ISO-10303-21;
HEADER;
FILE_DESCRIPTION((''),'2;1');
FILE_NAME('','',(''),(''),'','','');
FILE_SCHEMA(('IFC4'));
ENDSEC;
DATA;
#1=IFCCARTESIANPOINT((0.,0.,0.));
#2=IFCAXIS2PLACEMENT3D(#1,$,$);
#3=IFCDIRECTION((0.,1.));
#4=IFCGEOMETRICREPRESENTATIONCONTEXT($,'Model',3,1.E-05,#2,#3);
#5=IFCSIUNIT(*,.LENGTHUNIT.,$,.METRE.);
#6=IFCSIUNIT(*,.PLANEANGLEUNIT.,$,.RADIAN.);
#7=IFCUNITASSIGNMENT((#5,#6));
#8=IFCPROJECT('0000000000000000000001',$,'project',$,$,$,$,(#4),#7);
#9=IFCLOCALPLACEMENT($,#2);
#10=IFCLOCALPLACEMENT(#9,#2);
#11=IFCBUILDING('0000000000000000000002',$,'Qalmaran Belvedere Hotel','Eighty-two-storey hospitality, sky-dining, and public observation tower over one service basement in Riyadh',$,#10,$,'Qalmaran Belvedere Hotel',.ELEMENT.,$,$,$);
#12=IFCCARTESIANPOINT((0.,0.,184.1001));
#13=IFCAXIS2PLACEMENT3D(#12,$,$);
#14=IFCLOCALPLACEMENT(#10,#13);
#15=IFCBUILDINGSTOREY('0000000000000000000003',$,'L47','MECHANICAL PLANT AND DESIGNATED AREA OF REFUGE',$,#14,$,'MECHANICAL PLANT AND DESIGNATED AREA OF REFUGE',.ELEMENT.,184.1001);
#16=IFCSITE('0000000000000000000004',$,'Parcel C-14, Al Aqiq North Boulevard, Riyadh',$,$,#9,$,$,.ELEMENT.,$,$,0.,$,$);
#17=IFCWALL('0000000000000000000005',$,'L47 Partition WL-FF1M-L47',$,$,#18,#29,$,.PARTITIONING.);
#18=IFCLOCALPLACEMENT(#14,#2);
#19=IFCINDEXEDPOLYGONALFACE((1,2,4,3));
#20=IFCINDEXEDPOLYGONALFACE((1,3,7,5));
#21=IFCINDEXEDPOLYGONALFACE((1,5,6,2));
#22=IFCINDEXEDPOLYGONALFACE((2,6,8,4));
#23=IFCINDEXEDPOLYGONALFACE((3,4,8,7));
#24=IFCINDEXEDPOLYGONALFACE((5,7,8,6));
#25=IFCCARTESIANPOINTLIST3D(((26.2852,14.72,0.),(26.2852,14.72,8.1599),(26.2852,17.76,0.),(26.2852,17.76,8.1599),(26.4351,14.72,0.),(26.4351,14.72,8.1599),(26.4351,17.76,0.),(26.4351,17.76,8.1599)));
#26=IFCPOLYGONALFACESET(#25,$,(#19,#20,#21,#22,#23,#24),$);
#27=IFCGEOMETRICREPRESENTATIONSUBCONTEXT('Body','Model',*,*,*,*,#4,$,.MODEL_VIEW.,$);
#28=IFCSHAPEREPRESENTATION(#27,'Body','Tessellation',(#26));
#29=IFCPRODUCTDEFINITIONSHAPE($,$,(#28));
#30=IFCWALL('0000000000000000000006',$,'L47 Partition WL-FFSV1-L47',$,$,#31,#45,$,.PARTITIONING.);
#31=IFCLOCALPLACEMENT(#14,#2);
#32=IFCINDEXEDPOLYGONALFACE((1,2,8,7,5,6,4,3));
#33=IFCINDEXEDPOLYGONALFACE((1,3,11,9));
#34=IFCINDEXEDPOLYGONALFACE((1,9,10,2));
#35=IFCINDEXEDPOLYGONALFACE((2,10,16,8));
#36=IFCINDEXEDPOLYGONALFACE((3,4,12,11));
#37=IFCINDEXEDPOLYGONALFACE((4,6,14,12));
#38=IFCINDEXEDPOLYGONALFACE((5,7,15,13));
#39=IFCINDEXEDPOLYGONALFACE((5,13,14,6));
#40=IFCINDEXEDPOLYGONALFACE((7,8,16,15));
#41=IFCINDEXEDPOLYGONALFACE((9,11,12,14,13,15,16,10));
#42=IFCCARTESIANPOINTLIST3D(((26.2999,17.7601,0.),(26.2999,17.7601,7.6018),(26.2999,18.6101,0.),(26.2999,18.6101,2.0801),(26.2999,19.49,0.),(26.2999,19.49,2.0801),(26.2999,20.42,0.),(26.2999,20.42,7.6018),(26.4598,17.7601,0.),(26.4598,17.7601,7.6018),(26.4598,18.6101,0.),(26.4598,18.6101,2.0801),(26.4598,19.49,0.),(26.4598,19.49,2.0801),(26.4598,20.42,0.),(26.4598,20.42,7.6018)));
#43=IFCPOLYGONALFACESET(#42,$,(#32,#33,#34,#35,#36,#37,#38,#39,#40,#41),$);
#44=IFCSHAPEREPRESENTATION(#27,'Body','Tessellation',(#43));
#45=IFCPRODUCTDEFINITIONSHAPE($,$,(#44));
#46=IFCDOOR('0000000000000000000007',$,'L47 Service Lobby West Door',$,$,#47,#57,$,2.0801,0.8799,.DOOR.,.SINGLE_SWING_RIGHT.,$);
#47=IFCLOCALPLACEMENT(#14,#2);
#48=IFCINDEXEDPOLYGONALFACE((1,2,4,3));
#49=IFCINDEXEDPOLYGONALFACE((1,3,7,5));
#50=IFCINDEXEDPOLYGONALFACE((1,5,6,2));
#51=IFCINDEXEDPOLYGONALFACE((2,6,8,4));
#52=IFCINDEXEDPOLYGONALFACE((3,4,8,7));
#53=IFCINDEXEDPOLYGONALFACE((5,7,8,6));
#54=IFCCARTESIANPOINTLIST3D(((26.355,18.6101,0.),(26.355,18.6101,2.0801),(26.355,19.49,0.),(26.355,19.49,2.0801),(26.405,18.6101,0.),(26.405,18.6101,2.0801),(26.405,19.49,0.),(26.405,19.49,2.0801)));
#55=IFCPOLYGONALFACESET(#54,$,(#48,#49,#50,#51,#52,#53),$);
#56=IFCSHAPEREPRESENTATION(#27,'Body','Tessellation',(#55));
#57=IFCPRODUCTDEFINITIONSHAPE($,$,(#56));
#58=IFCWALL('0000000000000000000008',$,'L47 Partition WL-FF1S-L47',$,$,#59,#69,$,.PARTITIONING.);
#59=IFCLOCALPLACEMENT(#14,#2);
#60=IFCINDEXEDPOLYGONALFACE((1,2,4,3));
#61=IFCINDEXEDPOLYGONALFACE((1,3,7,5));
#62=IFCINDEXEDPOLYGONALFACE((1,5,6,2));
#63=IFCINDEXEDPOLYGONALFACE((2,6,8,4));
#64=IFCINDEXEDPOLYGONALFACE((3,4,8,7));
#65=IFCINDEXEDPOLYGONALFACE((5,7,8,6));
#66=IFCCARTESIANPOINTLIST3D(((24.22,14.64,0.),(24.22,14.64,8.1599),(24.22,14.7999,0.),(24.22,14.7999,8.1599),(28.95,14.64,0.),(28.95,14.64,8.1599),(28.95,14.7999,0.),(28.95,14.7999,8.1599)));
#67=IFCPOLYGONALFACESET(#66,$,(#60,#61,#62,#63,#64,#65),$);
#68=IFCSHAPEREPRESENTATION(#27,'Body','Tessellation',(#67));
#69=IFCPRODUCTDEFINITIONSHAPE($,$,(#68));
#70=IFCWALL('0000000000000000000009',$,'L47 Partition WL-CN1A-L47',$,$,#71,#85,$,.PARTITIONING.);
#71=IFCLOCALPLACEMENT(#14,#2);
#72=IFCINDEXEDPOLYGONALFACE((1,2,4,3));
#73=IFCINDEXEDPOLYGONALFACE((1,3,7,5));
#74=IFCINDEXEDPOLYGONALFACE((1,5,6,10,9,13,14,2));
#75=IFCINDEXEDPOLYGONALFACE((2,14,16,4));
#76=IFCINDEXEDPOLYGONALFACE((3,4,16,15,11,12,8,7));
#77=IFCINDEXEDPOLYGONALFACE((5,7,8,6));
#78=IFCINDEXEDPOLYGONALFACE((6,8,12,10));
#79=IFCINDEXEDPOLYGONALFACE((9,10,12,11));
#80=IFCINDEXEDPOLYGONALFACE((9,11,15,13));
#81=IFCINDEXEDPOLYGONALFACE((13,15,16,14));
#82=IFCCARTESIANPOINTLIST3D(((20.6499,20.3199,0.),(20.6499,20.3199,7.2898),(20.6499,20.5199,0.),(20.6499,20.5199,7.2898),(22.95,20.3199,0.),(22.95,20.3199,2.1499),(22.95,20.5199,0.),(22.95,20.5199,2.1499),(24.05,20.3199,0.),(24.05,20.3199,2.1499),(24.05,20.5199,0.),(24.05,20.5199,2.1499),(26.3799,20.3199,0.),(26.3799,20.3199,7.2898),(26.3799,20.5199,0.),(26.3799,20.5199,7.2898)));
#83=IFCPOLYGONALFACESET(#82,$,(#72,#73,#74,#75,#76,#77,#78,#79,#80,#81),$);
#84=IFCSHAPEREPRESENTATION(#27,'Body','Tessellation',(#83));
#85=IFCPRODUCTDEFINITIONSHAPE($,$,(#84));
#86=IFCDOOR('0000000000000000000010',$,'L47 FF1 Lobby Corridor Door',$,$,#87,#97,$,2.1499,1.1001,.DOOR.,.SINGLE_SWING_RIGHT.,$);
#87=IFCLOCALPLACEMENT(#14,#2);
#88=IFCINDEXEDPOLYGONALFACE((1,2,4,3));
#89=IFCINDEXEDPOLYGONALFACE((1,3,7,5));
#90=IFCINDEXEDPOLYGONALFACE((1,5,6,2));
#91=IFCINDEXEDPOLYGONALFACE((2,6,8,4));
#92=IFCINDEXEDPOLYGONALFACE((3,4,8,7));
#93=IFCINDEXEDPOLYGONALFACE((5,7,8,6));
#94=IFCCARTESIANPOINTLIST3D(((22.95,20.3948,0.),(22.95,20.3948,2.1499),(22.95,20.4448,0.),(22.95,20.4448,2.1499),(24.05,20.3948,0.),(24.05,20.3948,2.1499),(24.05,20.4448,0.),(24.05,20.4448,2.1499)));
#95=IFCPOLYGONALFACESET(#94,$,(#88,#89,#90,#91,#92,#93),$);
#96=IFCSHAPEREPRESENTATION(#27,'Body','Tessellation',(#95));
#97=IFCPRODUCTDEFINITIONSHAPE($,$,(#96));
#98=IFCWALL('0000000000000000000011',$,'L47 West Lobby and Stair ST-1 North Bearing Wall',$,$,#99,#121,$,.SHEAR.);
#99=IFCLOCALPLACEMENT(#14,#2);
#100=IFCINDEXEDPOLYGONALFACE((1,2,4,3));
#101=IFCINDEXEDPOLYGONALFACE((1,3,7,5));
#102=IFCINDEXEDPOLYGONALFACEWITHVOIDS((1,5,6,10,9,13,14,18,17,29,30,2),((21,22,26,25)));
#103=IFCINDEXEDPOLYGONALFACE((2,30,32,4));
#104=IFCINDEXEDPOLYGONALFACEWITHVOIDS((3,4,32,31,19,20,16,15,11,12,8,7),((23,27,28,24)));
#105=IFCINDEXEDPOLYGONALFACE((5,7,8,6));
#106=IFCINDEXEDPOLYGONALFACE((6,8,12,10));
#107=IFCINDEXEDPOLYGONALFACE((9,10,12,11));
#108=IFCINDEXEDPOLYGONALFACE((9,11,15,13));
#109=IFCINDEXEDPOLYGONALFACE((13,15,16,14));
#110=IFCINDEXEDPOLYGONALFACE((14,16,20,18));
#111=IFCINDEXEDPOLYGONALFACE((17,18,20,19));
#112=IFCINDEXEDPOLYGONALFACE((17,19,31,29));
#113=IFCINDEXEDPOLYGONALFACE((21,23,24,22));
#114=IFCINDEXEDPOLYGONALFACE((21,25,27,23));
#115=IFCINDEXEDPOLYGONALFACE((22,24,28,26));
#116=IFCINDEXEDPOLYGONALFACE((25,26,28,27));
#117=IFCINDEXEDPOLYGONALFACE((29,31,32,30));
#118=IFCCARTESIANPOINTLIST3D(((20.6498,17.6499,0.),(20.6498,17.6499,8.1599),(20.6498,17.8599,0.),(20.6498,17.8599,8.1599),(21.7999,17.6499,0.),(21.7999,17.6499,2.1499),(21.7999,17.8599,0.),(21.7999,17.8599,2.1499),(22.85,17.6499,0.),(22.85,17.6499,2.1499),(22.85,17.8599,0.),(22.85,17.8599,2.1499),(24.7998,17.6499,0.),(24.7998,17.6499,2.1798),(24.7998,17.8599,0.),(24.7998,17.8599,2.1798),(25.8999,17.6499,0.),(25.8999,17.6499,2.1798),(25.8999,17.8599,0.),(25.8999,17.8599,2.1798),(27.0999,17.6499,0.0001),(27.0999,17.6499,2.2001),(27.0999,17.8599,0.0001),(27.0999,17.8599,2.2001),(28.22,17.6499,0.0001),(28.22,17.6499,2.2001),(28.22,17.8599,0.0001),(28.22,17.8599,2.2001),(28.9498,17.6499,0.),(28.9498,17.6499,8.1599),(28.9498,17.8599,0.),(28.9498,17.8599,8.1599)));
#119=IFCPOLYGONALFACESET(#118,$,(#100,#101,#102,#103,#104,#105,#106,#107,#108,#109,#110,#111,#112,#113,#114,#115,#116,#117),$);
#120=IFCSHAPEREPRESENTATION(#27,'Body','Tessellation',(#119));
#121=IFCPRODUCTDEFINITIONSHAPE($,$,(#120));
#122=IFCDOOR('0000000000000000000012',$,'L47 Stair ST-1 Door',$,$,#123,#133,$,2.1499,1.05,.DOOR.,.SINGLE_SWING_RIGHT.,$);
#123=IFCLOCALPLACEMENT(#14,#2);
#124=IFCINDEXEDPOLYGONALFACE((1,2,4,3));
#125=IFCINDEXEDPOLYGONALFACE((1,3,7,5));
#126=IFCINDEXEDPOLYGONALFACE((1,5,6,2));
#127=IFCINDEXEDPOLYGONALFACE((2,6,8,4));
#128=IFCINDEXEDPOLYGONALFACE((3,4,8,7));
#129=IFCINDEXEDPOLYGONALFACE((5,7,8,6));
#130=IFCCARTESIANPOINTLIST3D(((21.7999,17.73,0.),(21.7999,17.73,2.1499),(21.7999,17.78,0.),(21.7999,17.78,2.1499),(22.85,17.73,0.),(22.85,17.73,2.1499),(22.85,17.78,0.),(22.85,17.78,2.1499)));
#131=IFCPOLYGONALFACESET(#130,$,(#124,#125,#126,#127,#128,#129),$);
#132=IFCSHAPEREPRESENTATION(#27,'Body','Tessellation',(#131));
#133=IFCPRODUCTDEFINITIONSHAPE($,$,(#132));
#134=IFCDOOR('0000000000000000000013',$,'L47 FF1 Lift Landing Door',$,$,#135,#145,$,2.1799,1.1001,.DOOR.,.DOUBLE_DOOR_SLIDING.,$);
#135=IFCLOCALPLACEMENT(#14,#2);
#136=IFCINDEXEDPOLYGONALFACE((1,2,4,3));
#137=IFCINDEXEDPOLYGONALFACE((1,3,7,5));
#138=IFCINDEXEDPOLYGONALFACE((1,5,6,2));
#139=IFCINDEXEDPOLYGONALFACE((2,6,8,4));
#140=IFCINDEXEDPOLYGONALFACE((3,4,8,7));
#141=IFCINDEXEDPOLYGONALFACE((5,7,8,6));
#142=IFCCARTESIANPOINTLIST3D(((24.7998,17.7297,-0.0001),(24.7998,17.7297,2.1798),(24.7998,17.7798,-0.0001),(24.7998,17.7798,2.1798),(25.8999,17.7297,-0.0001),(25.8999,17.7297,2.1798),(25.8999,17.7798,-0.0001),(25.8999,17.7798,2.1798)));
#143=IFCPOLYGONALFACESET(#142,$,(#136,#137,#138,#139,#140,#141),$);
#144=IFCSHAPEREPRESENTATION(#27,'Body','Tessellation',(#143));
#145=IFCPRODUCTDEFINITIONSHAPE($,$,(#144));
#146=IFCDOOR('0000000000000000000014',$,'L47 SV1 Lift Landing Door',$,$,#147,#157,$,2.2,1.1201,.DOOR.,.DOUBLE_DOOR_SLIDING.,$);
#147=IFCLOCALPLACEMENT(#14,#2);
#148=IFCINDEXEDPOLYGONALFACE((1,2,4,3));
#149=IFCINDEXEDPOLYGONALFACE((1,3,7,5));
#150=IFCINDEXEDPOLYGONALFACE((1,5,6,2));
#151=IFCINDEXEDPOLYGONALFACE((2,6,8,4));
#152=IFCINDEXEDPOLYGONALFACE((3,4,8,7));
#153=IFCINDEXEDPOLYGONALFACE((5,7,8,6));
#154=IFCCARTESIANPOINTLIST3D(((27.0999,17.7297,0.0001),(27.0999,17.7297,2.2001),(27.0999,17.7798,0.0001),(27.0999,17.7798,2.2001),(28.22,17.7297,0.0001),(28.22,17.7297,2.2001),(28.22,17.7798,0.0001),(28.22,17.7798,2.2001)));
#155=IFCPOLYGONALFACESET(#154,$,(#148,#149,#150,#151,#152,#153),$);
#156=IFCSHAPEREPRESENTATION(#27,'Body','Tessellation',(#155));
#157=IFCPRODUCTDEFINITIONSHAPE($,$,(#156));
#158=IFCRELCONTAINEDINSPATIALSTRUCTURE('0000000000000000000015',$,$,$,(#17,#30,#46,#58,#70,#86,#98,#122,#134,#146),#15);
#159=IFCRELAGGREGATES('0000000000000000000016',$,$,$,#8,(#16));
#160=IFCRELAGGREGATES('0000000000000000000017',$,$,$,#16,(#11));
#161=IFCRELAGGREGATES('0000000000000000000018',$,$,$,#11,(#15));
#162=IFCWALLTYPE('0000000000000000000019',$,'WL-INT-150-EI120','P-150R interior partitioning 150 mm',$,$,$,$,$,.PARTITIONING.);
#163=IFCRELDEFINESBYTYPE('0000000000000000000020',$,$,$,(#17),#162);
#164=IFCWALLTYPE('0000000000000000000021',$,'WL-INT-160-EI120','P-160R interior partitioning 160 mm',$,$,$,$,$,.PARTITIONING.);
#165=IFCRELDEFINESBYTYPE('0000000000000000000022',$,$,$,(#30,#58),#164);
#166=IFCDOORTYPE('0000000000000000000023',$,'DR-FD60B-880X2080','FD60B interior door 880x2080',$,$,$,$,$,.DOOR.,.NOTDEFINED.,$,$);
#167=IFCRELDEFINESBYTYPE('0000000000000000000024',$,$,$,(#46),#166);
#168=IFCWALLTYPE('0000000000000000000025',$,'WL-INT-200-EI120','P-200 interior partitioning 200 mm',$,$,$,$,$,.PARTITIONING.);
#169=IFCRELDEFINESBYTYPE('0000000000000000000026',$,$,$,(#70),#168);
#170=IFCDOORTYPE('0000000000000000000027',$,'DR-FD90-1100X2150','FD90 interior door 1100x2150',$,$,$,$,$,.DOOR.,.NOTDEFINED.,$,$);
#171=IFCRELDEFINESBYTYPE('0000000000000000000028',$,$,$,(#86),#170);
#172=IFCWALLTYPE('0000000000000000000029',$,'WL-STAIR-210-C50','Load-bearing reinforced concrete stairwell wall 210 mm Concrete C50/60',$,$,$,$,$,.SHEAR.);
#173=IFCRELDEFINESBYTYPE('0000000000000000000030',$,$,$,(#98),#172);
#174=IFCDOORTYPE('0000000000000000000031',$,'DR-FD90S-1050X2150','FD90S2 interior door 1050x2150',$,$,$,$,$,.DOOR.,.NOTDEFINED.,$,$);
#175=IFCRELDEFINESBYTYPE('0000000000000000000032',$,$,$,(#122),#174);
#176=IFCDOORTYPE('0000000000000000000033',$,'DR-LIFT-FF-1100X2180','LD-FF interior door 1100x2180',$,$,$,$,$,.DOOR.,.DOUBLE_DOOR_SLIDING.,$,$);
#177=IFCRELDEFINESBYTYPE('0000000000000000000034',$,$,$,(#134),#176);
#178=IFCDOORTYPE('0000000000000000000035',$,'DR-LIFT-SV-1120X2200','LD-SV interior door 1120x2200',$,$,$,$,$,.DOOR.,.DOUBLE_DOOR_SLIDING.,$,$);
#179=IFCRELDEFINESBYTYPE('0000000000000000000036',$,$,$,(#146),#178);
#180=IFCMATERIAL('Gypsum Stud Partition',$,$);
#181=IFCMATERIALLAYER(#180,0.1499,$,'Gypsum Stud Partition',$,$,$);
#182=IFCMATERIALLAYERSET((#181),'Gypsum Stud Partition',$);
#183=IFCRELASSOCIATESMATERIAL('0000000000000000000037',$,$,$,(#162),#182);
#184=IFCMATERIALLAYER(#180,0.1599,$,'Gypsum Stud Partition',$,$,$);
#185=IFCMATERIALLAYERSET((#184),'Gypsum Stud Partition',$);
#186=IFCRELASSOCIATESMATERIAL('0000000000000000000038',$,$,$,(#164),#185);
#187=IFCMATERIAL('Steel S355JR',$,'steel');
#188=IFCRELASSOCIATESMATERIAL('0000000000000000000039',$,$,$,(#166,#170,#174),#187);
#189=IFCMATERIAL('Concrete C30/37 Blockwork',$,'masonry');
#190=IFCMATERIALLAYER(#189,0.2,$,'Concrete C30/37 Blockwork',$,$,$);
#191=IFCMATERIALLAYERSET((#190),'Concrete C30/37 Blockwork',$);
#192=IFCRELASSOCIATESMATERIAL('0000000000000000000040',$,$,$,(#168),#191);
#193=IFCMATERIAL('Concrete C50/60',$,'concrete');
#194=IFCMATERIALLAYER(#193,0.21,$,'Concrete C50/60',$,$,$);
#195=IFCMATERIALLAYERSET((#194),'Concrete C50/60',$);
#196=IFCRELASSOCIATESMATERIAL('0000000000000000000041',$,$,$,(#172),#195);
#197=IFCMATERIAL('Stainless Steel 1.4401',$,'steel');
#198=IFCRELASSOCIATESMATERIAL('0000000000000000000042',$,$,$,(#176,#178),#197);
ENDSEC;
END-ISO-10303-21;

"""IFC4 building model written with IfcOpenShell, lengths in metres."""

from ifc_helpers import new_model, si_unit, direction, frame, frame_2d, origin, place, context, subcontext, project, spatial, rectangle, extrude, material, layer, layer_set, type_object, element, fill, save


model = new_model("IFC4")

# Units and contexts
model_context = context("Model", 3, precision=1e-05, world=origin(), true_north=direction((0.0, 1.0)))
body_context = subcontext(model_context, "Body", "Model", "MODEL_VIEW")
ifc_project = project(units=[si_unit("LENGTHUNIT", "METRE"), si_unit("PLANEANGLEUNIT", "RADIAN")], contexts=[model_context])

# Site, building, storey
site_placement = place(None, origin())
site = spatial("IfcSite", under=ifc_project, at=site_placement, Name="Parcel C-14, Al Aqiq North Boulevard, Riyadh", CompositionType="ELEMENT", RefElevation=0.0)
building_placement = place(site_placement, origin())
building = spatial("IfcBuilding", under=site, at=building_placement, Name="Qalmaran Belvedere Hotel", Description="Eighty-two-storey hospitality, sky-dining, and public observation tower over one service basement in Riyadh", LongName="Qalmaran Belvedere Hotel", CompositionType="ELEMENT")
storey_placement = place(building_placement, frame((0.0, 0.0, 184.1001)))
storey = spatial("IfcBuildingStorey", under=building, at=storey_placement, Name="L47", Description="MECHANICAL PLANT AND DESIGNATED AREA OF REFUGE", LongName="MECHANICAL PLANT AND DESIGNATED AREA OF REFUGE", CompositionType="ELEMENT", Elevation=184.1001)

# Wall
ifc_material_1 = material(Name="Gypsum Stud Partition")
ifc_layer_1 = layer(ifc_material_1, 0.1499, Name="Gypsum Stud Partition")
ifc_layer_set_1 = layer_set([ifc_layer_1], Name="Gypsum Stud Partition")
wall_type_1 = type_object("IfcWallType", Name="WL-INT-150-EI120", Description="P-150R interior partitioning 150 mm", PredefinedType="PARTITIONING", material=ifc_layer_set_1)
wall_1_placement = place(storey_placement, frame((26.3601, 14.72, 0.0), z_axis=(0.0, 0.0, 1.0), x_axis=(0.0, 1.0, 0.0)))
element("IfcWall", 1, at=wall_1_placement, inside=storey, type_object=wall_type_1, Name="L47 Partition WL-FF1M-L47", PredefinedType="PARTITIONING", context=body_context, shape_type="SweptSolid", body=[
    extrude(rectangle(XDim=3.04, YDim=0.1499, at=frame_2d((1.52, 0.0))), origin(), (0.0, 0.0, 1.0), 8.1599),
])

# Wall, opening, door
ifc_layer_2 = layer(ifc_material_1, 0.1599, Name="Gypsum Stud Partition")
ifc_layer_set_2 = layer_set([ifc_layer_2], Name="Gypsum Stud Partition")
wall_type_2 = type_object("IfcWallType", Name="WL-INT-160-EI120", Description="P-160R interior partitioning 160 mm", PredefinedType="PARTITIONING", material=ifc_layer_set_2)
wall_2_placement = place(storey_placement, frame((26.3799, 17.76, 0.0), z_axis=(0.0, 0.0, 1.0), x_axis=(0.0, 1.0, 0.0)))
wall_2 = element("IfcWall", 2, at=wall_2_placement, inside=storey, type_object=wall_type_2, Name="L47 Partition WL-FFSV1-L47", PredefinedType="PARTITIONING", context=body_context, shape_type="SweptSolid", body=[
    extrude(rectangle(XDim=2.6599, YDim=0.1599, at=frame_2d((1.3301, 0.0))), origin(), (0.0, 0.0, 1.0), 7.6018),
])
opening_1_placement = place(wall_2_placement, frame((0.8501, 0.0, 0.0)))
opening_1 = element("IfcOpeningElement", 3, at=opening_1_placement, cuts=wall_2, PredefinedType="OPENING", context=body_context, shape_type="SweptSolid", body=[
    extrude(rectangle(XDim=0.8799, YDim=2.0801, at=frame_2d((0.4399, 1.04))), frame((0.0, 0.0898, 0.0), z_axis=(0.0, -1.0, 0.0), x_axis=(1.0, 0.0, 0.0)), (0.0, 0.0, 1.0), 0.1799),
])
ifc_material_2 = material(Name="Steel S355JR", Category="steel")
door_type_1 = type_object("IfcDoorType", Name="DR-FD60B-880X2080", Description="FD60B interior door 880x2080", OperationType="NOTDEFINED", PredefinedType="DOOR", material=ifc_material_2)
door_1_placement = place(opening_1_placement, origin())
door_1 = element("IfcDoor", 4, at=door_1_placement, inside=storey, type_object=door_type_1, Name="L47 Service Lobby West Door", OperationType="SINGLE_SWING_RIGHT", OverallHeight=2.0801, OverallWidth=0.8799, PredefinedType="DOOR", context=body_context, shape_type="SweptSolid", body=[
    extrude(rectangle(XDim=0.8799, YDim=2.0801, at=frame_2d((0.4399, 1.04))), frame((0.0, 0.0249, 0.0), z_axis=(0.0, -1.0, 0.0), x_axis=(1.0, 0.0, 0.0)), (0.0, 0.0, 1.0), 0.05),
])
fill(opening_1, door_1)

# Wall
wall_3_placement = place(storey_placement, frame((24.22, 14.72, 0.0), z_axis=(0.0, 0.0, 1.0), x_axis=(1.0, 0.0, 0.0)))
element("IfcWall", 5, at=wall_3_placement, inside=storey, type_object=wall_type_2, Name="L47 Partition WL-FF1S-L47", PredefinedType="PARTITIONING", context=body_context, shape_type="SweptSolid", body=[
    extrude(rectangle(XDim=4.73, YDim=0.1599, at=frame_2d((2.365, 0.0))), origin(), (0.0, 0.0, 1.0), 8.1599),
])

# Wall, opening, door
ifc_material_3 = material(Name="Concrete C30/37 Blockwork", Category="masonry")
ifc_layer_3 = layer(ifc_material_3, 0.2, Name="Concrete C30/37 Blockwork")
ifc_layer_set_3 = layer_set([ifc_layer_3], Name="Concrete C30/37 Blockwork")
wall_type_3 = type_object("IfcWallType", Name="WL-INT-200-EI120", Description="P-200 interior partitioning 200 mm", PredefinedType="PARTITIONING", material=ifc_layer_set_3)
wall_4_placement = place(storey_placement, frame((20.6499, 20.4199, 0.0), z_axis=(0.0, 0.0, 1.0), x_axis=(1.0, 0.0, 0.0)))
wall_4 = element("IfcWall", 6, at=wall_4_placement, inside=storey, type_object=wall_type_3, Name="L47 Partition WL-CN1A-L47", PredefinedType="PARTITIONING", context=body_context, shape_type="SweptSolid", body=[
    extrude(rectangle(XDim=5.73, YDim=0.2, at=frame_2d((2.865, 0.0))), origin(), (0.0, 0.0, 1.0), 7.2898),
])
opening_2_placement = place(wall_4_placement, frame((2.3, 0.0, 0.0)))
opening_2 = element("IfcOpeningElement", 7, at=opening_2_placement, cuts=wall_4, PredefinedType="OPENING", context=body_context, shape_type="SweptSolid", body=[
    extrude(rectangle(XDim=1.1001, YDim=2.1499, at=frame_2d((0.55, 1.075))), frame((0.0, 0.1099, 0.0), z_axis=(0.0, -1.0, 0.0), x_axis=(1.0, 0.0, 0.0)), (0.0, 0.0, 1.0), 0.22),
])
door_type_2 = type_object("IfcDoorType", Name="DR-FD90-1100X2150", Description="FD90 interior door 1100x2150", OperationType="NOTDEFINED", PredefinedType="DOOR", material=ifc_material_2)
door_2_placement = place(opening_2_placement, origin())
door_2 = element("IfcDoor", 8, at=door_2_placement, inside=storey, type_object=door_type_2, Name="L47 FF1 Lobby Corridor Door", OperationType="SINGLE_SWING_RIGHT", OverallHeight=2.1499, OverallWidth=1.1001, PredefinedType="DOOR", context=body_context, shape_type="SweptSolid", body=[
    extrude(rectangle(XDim=1.1001, YDim=2.1499, at=frame_2d((0.55, 1.075))), frame((0.0, 0.0249, 0.0), z_axis=(0.0, -1.0, 0.0), x_axis=(1.0, 0.0, 0.0)), (0.0, 0.0, 1.0), 0.05),
])
fill(opening_2, door_2)

# Wall, openings, doors
ifc_material_4 = material(Name="Concrete C50/60", Category="concrete")
ifc_layer_4 = layer(ifc_material_4, 0.21, Name="Concrete C50/60")
ifc_layer_set_4 = layer_set([ifc_layer_4], Name="Concrete C50/60")
wall_type_4 = type_object("IfcWallType", Name="WL-STAIR-210-C50", Description="Load-bearing reinforced concrete stairwell wall 210 mm Concrete C50/60", PredefinedType="SHEAR", material=ifc_layer_set_4)
wall_5_placement = place(storey_placement, frame((20.6499, 17.7549, 0.0), z_axis=(0.0, 0.0, 1.0), x_axis=(1.0, 0.0, 0.0)))
wall_5 = element("IfcWall", 9, at=wall_5_placement, inside=storey, type_object=wall_type_4, Name="L47 West Lobby and Stair ST-1 North Bearing Wall", PredefinedType="SHEAR", context=body_context, shape_type="SweptSolid", body=[
    extrude(rectangle(XDim=8.3, YDim=0.21, at=frame_2d((4.1499, 0.0))), origin(), (0.0, 0.0, 1.0), 8.1599),
])
opening_3_placement = place(wall_5_placement, frame((2.2, 0.0, 0.0), z_axis=(0.0, 0.0, 1.0), x_axis=(-1.0, 0.0, 0.0)))
opening_3 = element("IfcOpeningElement", 10, at=opening_3_placement, cuts=wall_5, PredefinedType="OPENING", context=body_context, shape_type="SweptSolid", body=[
    extrude(rectangle(XDim=1.05, YDim=2.1499, at=frame_2d((0.5249, 1.075))), frame((0.0, 0.115, 0.0), z_axis=(0.0, -1.0, 0.0), x_axis=(1.0, 0.0, 0.0)), (0.0, 0.0, 1.0), 0.23),
])
opening_4_placement = place(wall_5_placement, frame((4.1499, 0.0, 0.0)))
opening_4 = element("IfcOpeningElement", 11, at=opening_4_placement, cuts=wall_5, PredefinedType="OPENING", context=body_context, shape_type="SweptSolid", body=[
    extrude(rectangle(XDim=1.1001, YDim=2.1799, at=frame_2d((0.55, 1.0898))), frame((0.0, 0.115, 0.0), z_axis=(0.0, -1.0, 0.0), x_axis=(1.0, 0.0, 0.0)), (0.0, 0.0, 1.0), 0.23),
])
opening_5_placement = place(wall_5_placement, frame((6.45, 0.0, 0.0)))
opening_5 = element("IfcOpeningElement", 12, at=opening_5_placement, cuts=wall_5, PredefinedType="OPENING", context=body_context, shape_type="SweptSolid", body=[
    extrude(rectangle(XDim=1.1201, YDim=2.2, at=frame_2d((0.5601, 1.1001))), frame((0.0, 0.115, 0.0), z_axis=(0.0, -1.0, 0.0), x_axis=(1.0, 0.0, 0.0)), (0.0, 0.0, 1.0), 0.23),
])
door_type_3 = type_object("IfcDoorType", Name="DR-FD90S-1050X2150", Description="FD90S2 interior door 1050x2150", OperationType="NOTDEFINED", PredefinedType="DOOR", material=ifc_material_2)
door_3_placement = place(opening_3_placement, origin())
door_3 = element("IfcDoor", 13, at=door_3_placement, inside=storey, type_object=door_type_3, Name="L47 Stair ST-1 Door", OperationType="SINGLE_SWING_RIGHT", OverallHeight=2.1499, OverallWidth=1.05, PredefinedType="DOOR", context=body_context, shape_type="SweptSolid", body=[
    extrude(rectangle(XDim=1.05, YDim=2.1499, at=frame_2d((0.5249, 1.075))), frame((0.0, 0.0249, 0.0), z_axis=(0.0, -1.0, 0.0), x_axis=(1.0, 0.0, 0.0)), (0.0, 0.0, 1.0), 0.05),
])
fill(opening_3, door_3)
ifc_material_5 = material(Name="Stainless Steel 1.4401", Category="steel")
door_type_4 = type_object("IfcDoorType", Name="DR-LIFT-FF-1100X2180", Description="LD-FF interior door 1100x2180", OperationType="DOUBLE_DOOR_SLIDING", PredefinedType="DOOR", material=ifc_material_5)
door_4_placement = place(opening_4_placement, origin())
door_4 = element("IfcDoor", 14, at=door_4_placement, inside=storey, type_object=door_type_4, Name="L47 FF1 Lift Landing Door", OperationType="DOUBLE_DOOR_SLIDING", OverallHeight=2.1799, OverallWidth=1.1001, PredefinedType="DOOR", context=body_context, shape_type="SweptSolid", body=[
    extrude(rectangle(XDim=1.1001, YDim=2.1799, at=frame_2d((0.55, 1.0898))), frame((0.0, 0.0249, 0.0), z_axis=(0.0, -1.0, 0.0), x_axis=(1.0, 0.0, 0.0)), (0.0, 0.0, 1.0), 0.05),
])
fill(opening_4, door_4)
door_type_5 = type_object("IfcDoorType", Name="DR-LIFT-SV-1120X2200", Description="LD-SV interior door 1120x2200", OperationType="DOUBLE_DOOR_SLIDING", PredefinedType="DOOR", material=ifc_material_5)
door_5_placement = place(opening_5_placement, origin())
door_5 = element("IfcDoor", 15, at=door_5_placement, inside=storey, type_object=door_type_5, Name="L47 SV1 Lift Landing Door", OperationType="DOUBLE_DOOR_SLIDING", OverallHeight=2.2, OverallWidth=1.1201, PredefinedType="DOOR", context=body_context, shape_type="SweptSolid", body=[
    extrude(rectangle(XDim=1.1201, YDim=2.2, at=frame_2d((0.5601, 1.1001))), frame((0.0, 0.0249, 0.0), z_axis=(0.0, -1.0, 0.0), x_axis=(1.0, 0.0, 0.0)), (0.0, 0.0, 1.0), 0.05),
])
fill(opening_5, door_5)

save(model, "model.ifc")
